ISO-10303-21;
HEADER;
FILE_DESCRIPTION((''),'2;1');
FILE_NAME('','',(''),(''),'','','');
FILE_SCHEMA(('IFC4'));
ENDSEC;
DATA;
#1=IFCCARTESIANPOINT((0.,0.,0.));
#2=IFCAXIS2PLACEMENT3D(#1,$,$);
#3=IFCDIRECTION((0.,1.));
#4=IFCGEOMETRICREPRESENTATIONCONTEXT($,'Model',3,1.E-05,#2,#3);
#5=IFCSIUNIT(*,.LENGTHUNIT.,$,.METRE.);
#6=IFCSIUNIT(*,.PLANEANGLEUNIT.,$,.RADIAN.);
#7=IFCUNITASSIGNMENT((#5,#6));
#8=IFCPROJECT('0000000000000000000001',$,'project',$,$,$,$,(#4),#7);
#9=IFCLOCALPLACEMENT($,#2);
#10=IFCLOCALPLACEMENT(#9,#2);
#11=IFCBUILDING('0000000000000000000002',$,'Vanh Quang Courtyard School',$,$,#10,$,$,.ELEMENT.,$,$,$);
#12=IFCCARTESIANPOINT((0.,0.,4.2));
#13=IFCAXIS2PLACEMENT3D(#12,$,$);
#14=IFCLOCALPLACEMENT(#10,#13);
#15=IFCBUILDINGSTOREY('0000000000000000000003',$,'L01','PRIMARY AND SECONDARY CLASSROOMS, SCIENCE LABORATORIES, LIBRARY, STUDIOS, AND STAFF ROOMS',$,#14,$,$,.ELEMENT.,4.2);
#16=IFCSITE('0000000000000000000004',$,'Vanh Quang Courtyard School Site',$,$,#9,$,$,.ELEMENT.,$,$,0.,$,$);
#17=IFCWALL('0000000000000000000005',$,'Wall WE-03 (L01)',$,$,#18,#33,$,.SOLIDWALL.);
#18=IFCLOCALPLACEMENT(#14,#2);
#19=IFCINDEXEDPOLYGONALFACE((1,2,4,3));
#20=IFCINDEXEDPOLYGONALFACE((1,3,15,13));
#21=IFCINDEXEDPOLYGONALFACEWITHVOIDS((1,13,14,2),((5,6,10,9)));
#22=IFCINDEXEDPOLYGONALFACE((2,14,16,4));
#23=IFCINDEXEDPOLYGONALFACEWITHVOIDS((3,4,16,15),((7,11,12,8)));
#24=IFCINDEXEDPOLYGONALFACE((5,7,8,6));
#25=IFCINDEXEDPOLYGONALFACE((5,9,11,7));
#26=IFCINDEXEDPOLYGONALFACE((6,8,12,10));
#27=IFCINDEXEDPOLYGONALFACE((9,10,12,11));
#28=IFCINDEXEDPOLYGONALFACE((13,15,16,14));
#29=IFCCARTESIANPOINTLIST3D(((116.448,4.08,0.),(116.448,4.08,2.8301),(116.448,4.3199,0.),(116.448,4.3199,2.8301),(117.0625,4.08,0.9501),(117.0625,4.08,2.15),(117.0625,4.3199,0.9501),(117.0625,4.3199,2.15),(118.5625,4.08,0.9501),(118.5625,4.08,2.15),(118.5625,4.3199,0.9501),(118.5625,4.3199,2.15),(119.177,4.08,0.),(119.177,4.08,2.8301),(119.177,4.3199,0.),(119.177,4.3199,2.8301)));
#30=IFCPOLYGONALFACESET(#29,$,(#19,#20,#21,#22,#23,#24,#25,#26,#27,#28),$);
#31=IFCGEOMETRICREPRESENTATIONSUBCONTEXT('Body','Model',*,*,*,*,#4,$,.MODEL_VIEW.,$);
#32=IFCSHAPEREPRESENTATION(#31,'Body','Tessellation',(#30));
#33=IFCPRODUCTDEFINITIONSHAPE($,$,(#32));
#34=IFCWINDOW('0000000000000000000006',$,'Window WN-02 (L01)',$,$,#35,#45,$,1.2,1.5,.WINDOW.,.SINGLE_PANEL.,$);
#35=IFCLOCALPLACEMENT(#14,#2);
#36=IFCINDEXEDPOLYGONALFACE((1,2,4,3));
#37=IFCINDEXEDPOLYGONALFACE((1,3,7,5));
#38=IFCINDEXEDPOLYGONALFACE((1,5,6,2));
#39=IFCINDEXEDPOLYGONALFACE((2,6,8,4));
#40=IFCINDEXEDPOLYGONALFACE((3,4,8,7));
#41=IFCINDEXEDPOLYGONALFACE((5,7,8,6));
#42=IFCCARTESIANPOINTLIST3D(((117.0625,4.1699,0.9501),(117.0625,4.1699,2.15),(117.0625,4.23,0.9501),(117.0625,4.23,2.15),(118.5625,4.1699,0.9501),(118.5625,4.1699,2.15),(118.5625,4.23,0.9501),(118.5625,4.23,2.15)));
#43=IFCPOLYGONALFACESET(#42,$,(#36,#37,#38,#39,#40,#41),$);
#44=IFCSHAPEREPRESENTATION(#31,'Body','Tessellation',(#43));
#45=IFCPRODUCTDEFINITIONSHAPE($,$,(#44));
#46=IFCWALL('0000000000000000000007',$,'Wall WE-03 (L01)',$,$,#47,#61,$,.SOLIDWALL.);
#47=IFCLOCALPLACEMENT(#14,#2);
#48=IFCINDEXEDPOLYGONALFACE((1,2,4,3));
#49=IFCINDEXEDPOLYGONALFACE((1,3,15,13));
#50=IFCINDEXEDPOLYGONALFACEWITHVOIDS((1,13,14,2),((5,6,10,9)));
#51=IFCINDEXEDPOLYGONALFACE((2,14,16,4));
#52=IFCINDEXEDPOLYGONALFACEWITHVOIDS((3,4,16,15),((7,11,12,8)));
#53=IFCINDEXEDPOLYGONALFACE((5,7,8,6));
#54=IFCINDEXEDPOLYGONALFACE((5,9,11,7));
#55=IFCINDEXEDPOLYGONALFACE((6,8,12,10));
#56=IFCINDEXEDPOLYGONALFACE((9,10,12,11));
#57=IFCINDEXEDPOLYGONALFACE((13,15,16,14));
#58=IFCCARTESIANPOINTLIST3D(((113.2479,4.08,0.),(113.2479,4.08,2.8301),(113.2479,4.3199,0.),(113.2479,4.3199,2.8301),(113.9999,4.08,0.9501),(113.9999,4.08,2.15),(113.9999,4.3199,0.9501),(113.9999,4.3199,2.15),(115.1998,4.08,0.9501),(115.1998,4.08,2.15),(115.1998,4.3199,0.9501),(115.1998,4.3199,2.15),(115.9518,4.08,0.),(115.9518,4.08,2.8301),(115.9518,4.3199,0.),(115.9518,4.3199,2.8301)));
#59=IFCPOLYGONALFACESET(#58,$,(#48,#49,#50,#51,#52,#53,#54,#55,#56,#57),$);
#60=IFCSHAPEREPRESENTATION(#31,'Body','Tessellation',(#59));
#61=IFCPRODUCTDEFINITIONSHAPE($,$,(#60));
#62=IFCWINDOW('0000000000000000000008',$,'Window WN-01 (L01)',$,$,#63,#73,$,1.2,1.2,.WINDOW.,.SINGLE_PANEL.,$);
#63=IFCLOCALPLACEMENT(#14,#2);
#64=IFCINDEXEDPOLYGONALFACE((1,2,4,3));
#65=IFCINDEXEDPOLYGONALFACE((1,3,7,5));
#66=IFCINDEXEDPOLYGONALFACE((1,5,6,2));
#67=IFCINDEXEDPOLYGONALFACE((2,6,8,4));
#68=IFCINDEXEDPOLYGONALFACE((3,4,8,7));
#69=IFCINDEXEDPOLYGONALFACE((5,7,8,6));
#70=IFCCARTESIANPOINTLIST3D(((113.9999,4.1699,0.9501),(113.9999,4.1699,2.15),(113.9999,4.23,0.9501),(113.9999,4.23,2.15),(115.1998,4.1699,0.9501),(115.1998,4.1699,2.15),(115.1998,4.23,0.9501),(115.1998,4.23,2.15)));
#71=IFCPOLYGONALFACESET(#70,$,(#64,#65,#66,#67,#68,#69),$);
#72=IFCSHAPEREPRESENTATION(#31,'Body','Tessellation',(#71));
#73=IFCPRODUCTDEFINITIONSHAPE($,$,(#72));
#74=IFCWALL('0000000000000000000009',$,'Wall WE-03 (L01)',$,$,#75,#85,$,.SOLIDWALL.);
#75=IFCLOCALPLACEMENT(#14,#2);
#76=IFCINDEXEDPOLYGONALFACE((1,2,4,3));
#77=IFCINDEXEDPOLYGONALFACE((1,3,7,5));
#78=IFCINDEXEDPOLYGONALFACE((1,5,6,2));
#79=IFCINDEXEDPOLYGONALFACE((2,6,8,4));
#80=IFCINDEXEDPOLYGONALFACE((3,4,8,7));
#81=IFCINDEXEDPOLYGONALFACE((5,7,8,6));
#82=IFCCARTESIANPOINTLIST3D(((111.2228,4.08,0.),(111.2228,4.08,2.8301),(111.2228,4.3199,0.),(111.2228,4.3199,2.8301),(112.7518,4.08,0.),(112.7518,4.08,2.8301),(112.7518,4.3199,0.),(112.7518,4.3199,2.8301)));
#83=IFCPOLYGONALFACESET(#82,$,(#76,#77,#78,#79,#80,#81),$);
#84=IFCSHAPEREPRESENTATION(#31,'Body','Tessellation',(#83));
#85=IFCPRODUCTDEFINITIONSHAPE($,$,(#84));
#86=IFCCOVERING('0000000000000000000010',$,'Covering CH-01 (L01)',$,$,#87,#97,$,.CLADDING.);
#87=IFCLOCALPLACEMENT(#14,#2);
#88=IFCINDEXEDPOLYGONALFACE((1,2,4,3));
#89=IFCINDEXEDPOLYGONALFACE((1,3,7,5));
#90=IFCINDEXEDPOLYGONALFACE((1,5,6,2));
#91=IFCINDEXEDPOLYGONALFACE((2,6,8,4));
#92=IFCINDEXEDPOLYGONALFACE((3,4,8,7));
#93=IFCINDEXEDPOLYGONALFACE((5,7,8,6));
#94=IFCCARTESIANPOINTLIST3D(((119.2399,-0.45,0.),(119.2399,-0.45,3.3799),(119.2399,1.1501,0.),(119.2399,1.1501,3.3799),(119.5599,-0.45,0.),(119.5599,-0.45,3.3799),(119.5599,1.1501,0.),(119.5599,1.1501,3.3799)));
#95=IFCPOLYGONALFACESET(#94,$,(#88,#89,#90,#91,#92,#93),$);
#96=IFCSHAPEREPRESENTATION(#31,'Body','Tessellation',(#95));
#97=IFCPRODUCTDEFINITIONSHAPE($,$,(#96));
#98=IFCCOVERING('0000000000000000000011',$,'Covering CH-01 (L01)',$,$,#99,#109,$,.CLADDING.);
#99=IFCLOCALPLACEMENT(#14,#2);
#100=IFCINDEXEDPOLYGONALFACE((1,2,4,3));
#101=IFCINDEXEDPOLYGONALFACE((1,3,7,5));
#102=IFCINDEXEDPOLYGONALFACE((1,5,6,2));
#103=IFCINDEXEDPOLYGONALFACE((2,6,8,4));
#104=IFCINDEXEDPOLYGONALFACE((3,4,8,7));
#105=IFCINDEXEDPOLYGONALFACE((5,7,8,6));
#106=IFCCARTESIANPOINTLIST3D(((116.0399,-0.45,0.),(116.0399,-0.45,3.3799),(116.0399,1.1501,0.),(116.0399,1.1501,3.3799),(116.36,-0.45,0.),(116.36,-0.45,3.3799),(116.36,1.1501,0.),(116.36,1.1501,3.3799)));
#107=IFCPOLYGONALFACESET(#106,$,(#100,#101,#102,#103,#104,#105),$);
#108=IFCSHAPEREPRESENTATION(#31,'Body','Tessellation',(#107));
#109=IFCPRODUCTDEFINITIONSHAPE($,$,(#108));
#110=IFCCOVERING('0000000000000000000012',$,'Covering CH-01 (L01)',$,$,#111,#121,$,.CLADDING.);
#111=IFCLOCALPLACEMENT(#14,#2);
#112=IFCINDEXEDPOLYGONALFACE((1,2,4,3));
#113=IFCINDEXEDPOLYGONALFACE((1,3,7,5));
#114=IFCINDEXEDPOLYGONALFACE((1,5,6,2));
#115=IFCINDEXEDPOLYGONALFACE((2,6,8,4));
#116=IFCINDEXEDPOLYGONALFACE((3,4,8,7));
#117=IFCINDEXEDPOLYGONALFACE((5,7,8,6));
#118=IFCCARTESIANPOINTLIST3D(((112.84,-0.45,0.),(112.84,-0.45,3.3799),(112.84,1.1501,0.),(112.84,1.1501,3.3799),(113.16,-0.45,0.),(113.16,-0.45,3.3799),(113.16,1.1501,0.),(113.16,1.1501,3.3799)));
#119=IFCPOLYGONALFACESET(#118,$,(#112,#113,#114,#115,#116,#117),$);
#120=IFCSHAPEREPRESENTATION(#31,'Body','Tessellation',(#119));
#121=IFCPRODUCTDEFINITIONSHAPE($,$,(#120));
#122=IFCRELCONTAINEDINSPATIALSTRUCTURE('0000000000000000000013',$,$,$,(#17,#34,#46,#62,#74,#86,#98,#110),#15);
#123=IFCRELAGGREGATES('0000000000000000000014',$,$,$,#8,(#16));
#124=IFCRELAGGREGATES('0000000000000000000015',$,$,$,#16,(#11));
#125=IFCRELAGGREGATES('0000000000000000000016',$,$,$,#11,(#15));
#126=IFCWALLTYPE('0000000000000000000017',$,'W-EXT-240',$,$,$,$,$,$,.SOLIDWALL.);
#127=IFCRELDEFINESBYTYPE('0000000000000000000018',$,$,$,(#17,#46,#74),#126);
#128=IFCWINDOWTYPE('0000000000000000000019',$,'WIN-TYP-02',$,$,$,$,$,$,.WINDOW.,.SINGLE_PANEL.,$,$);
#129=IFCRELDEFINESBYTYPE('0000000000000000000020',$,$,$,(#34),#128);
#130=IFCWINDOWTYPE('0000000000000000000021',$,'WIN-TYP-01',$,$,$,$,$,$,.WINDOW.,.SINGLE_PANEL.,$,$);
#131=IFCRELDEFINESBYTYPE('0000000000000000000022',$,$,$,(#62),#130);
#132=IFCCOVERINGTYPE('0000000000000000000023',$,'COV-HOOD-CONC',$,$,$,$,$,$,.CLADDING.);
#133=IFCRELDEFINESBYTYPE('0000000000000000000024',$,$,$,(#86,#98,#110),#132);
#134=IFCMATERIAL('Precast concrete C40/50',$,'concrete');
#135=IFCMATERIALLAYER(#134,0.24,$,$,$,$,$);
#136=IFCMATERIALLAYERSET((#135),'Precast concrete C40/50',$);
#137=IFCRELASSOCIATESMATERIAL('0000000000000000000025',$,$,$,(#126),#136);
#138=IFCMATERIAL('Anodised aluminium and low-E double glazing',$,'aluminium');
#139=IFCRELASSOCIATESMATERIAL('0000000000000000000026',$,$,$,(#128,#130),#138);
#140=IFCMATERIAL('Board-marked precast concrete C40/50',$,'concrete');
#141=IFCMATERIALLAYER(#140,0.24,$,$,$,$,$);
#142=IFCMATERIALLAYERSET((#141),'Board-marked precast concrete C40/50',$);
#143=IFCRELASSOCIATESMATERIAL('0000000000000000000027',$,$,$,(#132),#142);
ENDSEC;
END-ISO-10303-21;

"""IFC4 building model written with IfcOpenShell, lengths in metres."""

from ifc_helpers import new_model, si_unit, direction, frame, frame_2d, origin, origin_2d, place, context, subcontext, project, spatial, rectangle, extrude, material, layer, layer_set, type_object, element, fill, save


model = new_model("IFC4")

# Units and contexts
model_context = context("Model", 3, precision=1e-05, world=origin(), true_north=direction((0.0, 1.0)))
body_context = subcontext(model_context, "Body", "Model", "MODEL_VIEW")
ifc_project = project(units=[si_unit("LENGTHUNIT", "METRE"), si_unit("PLANEANGLEUNIT", "RADIAN")], contexts=[model_context])

# Site, building, storey
site_placement = place(None, origin())
site = spatial("IfcSite", under=ifc_project, at=site_placement, Name="Vanh Quang Courtyard School Site", CompositionType="ELEMENT", RefElevation=0.0)
building_placement = place(site_placement, origin())
building = spatial("IfcBuilding", under=site, at=building_placement, Name="Vanh Quang Courtyard School", CompositionType="ELEMENT")
storey_placement = place(building_placement, frame((0.0, 0.0, 4.2)))
storey = spatial("IfcBuildingStorey", under=building, at=storey_placement, Name="L01", Description="PRIMARY AND SECONDARY CLASSROOMS, SCIENCE LABORATORIES, LIBRARY, STUDIOS, AND STAFF ROOMS", CompositionType="ELEMENT", Elevation=4.2)

# Walls, openings, windows
ifc_material_1 = material(Name="Precast concrete C40/50", Category="concrete")
ifc_layer_1 = layer(ifc_material_1, 0.24)
ifc_layer_set_1 = layer_set([ifc_layer_1], Name="Precast concrete C40/50")
wall_type = type_object("IfcWallType", Name="W-EXT-240", PredefinedType="SOLIDWALL", material=ifc_layer_set_1)
wall_1_placement = place(storey_placement, frame((119.177, 4.2, 0.0), z_axis=(0.0, 0.0, 1.0), x_axis=(-1.0, 0.0, 0.0)))
wall_1 = element("IfcWall", 1, at=wall_1_placement, inside=storey, type_object=wall_type, Name="Wall WE-03 (L01)", PredefinedType="SOLIDWALL", context=body_context, shape_type="SweptSolid", body=[
    extrude(rectangle(XDim=2.729, YDim=0.24, at=frame_2d((1.3645, 0.0))), origin(), (0.0, 0.0, 1.0), 2.8301),
])
opening_1_placement = place(wall_1_placement, frame((0.6145, 0.0, 0.95)))
opening_1 = element("IfcOpeningElement", 2, at=opening_1_placement, cuts=wall_1, PredefinedType="OPENING", context=body_context, shape_type="SweptSolid", body=[
    extrude(rectangle(XDim=1.5, YDim=1.2, at=frame_2d((0.75, 0.6001))), frame((0.0, 0.1299, 0.0), z_axis=(0.0, -1.0, 0.0), x_axis=(1.0, 0.0, 0.0)), (0.0, 0.0, 1.0), 0.26),
])
ifc_material_2 = material(Name="Anodised aluminium and low-E double glazing", Category="aluminium")
window_type_1 = type_object("IfcWindowType", Name="WIN-TYP-02", PartitioningType="SINGLE_PANEL", PredefinedType="WINDOW", material=ifc_material_2)
window_1_placement = place(opening_1_placement, origin())
window_1 = element("IfcWindow", 3, at=window_1_placement, inside=storey, type_object=window_type_1, Name="Window WN-02 (L01)", OverallHeight=1.2, OverallWidth=1.5, PartitioningType="SINGLE_PANEL", PredefinedType="WINDOW", context=body_context, shape_type="SweptSolid", body=[
    extrude(rectangle(XDim=1.5, YDim=1.2, at=frame_2d((0.75, 0.6001))), frame((0.0, 0.03, 0.0), z_axis=(0.0, -1.0, 0.0), x_axis=(1.0, 0.0, 0.0)), (0.0, 0.0, 1.0), 0.0601),
])
fill(opening_1, window_1)
wall_2_placement = place(storey_placement, frame((115.9519, 4.2, 0.0), z_axis=(0.0, 0.0, 1.0), x_axis=(-1.0, 0.0, 0.0)))
wall_2 = element("IfcWall", 4, at=wall_2_placement, inside=storey, type_object=wall_type, Name="Wall WE-03 (L01)", PredefinedType="SOLIDWALL", context=body_context, shape_type="SweptSolid", body=[
    extrude(rectangle(XDim=2.7039, YDim=0.24, at=frame_2d((1.3521, 0.0))), origin(), (0.0, 0.0, 1.0), 2.8301),
])
opening_2_placement = place(wall_2_placement, frame((0.752, 0.0, 0.95)))
opening_2 = element("IfcOpeningElement", 5, at=opening_2_placement, cuts=wall_2, PredefinedType="OPENING", context=body_context, shape_type="SweptSolid", body=[
    extrude(rectangle(XDim=1.2, YDim=1.2, at=frame_2d((0.6001, 0.6001))), frame((0.0, 0.1299, 0.0), z_axis=(0.0, -1.0, 0.0), x_axis=(1.0, 0.0, 0.0)), (0.0, 0.0, 1.0), 0.26),
])
window_type_2 = type_object("IfcWindowType", Name="WIN-TYP-01", PartitioningType="SINGLE_PANEL", PredefinedType="WINDOW", material=ifc_material_2)
window_2_placement = place(opening_2_placement, origin())
window_2 = element("IfcWindow", 6, at=window_2_placement, inside=storey, type_object=window_type_2, Name="Window WN-01 (L01)", OverallHeight=1.2, OverallWidth=1.2, PartitioningType="SINGLE_PANEL", PredefinedType="WINDOW", context=body_context, shape_type="SweptSolid", body=[
    extrude(rectangle(XDim=1.2, YDim=1.2, at=frame_2d((0.6001, 0.6001))), frame((0.0, 0.03, 0.0), z_axis=(0.0, -1.0, 0.0), x_axis=(1.0, 0.0, 0.0)), (0.0, 0.0, 1.0), 0.0601),
])
fill(opening_2, window_2)

# Wall
wall_3_placement = place(storey_placement, frame((112.752, 4.2, 0.0), z_axis=(0.0, 0.0, 1.0), x_axis=(-1.0, 0.0, 0.0)))
element("IfcWall", 7, at=wall_3_placement, inside=storey, type_object=wall_type, Name="Wall WE-03 (L01)", PredefinedType="SOLIDWALL", context=body_context, shape_type="SweptSolid", body=[
    extrude(rectangle(XDim=1.5291, YDim=0.24, at=frame_2d((0.7646, 0.0))), origin(), (0.0, 0.0, 1.0), 2.8301),
])

# Coverings
ifc_material_3 = material(Name="Board-marked precast concrete C40/50", Category="concrete")
ifc_layer_2 = layer(ifc_material_3, 0.24)
ifc_layer_set_2 = layer_set([ifc_layer_2], Name="Board-marked precast concrete C40/50")
covering_type = type_object("IfcCoveringType", Name="COV-HOOD-CONC", PredefinedType="CLADDING", material=ifc_layer_set_2)
for number, where, z_axis, x_axis, name in (
    (8, (119.3999, 0.3501, 0.0), (0.0, 0.0, 1.0), (0.0, 1.0, 0.0), "Covering CH-01 (L01)"),
    (9, (116.2, 0.3501, 0.0), (0.0, 0.0, 1.0), (0.0, 1.0, 0.0), "Covering CH-01 (L01)"),
    (10, (113.0, 0.3501, 0.0), (0.0, 0.0, 1.0), (0.0, 1.0, 0.0), "Covering CH-01 (L01)"),
):
    element("IfcCovering", number, at=place(storey_placement, frame(where, z_axis=z_axis, x_axis=x_axis)), inside=storey, type_object=covering_type, Name=name, PredefinedType="CLADDING", context=body_context, shape_type="SweptSolid", body=[
        extrude(rectangle(XDim=1.6001, YDim=0.3201, at=origin_2d()), origin(), (0.0, 0.0, 1.0), 3.3799),
    ])

save(model, "model.ifc")
